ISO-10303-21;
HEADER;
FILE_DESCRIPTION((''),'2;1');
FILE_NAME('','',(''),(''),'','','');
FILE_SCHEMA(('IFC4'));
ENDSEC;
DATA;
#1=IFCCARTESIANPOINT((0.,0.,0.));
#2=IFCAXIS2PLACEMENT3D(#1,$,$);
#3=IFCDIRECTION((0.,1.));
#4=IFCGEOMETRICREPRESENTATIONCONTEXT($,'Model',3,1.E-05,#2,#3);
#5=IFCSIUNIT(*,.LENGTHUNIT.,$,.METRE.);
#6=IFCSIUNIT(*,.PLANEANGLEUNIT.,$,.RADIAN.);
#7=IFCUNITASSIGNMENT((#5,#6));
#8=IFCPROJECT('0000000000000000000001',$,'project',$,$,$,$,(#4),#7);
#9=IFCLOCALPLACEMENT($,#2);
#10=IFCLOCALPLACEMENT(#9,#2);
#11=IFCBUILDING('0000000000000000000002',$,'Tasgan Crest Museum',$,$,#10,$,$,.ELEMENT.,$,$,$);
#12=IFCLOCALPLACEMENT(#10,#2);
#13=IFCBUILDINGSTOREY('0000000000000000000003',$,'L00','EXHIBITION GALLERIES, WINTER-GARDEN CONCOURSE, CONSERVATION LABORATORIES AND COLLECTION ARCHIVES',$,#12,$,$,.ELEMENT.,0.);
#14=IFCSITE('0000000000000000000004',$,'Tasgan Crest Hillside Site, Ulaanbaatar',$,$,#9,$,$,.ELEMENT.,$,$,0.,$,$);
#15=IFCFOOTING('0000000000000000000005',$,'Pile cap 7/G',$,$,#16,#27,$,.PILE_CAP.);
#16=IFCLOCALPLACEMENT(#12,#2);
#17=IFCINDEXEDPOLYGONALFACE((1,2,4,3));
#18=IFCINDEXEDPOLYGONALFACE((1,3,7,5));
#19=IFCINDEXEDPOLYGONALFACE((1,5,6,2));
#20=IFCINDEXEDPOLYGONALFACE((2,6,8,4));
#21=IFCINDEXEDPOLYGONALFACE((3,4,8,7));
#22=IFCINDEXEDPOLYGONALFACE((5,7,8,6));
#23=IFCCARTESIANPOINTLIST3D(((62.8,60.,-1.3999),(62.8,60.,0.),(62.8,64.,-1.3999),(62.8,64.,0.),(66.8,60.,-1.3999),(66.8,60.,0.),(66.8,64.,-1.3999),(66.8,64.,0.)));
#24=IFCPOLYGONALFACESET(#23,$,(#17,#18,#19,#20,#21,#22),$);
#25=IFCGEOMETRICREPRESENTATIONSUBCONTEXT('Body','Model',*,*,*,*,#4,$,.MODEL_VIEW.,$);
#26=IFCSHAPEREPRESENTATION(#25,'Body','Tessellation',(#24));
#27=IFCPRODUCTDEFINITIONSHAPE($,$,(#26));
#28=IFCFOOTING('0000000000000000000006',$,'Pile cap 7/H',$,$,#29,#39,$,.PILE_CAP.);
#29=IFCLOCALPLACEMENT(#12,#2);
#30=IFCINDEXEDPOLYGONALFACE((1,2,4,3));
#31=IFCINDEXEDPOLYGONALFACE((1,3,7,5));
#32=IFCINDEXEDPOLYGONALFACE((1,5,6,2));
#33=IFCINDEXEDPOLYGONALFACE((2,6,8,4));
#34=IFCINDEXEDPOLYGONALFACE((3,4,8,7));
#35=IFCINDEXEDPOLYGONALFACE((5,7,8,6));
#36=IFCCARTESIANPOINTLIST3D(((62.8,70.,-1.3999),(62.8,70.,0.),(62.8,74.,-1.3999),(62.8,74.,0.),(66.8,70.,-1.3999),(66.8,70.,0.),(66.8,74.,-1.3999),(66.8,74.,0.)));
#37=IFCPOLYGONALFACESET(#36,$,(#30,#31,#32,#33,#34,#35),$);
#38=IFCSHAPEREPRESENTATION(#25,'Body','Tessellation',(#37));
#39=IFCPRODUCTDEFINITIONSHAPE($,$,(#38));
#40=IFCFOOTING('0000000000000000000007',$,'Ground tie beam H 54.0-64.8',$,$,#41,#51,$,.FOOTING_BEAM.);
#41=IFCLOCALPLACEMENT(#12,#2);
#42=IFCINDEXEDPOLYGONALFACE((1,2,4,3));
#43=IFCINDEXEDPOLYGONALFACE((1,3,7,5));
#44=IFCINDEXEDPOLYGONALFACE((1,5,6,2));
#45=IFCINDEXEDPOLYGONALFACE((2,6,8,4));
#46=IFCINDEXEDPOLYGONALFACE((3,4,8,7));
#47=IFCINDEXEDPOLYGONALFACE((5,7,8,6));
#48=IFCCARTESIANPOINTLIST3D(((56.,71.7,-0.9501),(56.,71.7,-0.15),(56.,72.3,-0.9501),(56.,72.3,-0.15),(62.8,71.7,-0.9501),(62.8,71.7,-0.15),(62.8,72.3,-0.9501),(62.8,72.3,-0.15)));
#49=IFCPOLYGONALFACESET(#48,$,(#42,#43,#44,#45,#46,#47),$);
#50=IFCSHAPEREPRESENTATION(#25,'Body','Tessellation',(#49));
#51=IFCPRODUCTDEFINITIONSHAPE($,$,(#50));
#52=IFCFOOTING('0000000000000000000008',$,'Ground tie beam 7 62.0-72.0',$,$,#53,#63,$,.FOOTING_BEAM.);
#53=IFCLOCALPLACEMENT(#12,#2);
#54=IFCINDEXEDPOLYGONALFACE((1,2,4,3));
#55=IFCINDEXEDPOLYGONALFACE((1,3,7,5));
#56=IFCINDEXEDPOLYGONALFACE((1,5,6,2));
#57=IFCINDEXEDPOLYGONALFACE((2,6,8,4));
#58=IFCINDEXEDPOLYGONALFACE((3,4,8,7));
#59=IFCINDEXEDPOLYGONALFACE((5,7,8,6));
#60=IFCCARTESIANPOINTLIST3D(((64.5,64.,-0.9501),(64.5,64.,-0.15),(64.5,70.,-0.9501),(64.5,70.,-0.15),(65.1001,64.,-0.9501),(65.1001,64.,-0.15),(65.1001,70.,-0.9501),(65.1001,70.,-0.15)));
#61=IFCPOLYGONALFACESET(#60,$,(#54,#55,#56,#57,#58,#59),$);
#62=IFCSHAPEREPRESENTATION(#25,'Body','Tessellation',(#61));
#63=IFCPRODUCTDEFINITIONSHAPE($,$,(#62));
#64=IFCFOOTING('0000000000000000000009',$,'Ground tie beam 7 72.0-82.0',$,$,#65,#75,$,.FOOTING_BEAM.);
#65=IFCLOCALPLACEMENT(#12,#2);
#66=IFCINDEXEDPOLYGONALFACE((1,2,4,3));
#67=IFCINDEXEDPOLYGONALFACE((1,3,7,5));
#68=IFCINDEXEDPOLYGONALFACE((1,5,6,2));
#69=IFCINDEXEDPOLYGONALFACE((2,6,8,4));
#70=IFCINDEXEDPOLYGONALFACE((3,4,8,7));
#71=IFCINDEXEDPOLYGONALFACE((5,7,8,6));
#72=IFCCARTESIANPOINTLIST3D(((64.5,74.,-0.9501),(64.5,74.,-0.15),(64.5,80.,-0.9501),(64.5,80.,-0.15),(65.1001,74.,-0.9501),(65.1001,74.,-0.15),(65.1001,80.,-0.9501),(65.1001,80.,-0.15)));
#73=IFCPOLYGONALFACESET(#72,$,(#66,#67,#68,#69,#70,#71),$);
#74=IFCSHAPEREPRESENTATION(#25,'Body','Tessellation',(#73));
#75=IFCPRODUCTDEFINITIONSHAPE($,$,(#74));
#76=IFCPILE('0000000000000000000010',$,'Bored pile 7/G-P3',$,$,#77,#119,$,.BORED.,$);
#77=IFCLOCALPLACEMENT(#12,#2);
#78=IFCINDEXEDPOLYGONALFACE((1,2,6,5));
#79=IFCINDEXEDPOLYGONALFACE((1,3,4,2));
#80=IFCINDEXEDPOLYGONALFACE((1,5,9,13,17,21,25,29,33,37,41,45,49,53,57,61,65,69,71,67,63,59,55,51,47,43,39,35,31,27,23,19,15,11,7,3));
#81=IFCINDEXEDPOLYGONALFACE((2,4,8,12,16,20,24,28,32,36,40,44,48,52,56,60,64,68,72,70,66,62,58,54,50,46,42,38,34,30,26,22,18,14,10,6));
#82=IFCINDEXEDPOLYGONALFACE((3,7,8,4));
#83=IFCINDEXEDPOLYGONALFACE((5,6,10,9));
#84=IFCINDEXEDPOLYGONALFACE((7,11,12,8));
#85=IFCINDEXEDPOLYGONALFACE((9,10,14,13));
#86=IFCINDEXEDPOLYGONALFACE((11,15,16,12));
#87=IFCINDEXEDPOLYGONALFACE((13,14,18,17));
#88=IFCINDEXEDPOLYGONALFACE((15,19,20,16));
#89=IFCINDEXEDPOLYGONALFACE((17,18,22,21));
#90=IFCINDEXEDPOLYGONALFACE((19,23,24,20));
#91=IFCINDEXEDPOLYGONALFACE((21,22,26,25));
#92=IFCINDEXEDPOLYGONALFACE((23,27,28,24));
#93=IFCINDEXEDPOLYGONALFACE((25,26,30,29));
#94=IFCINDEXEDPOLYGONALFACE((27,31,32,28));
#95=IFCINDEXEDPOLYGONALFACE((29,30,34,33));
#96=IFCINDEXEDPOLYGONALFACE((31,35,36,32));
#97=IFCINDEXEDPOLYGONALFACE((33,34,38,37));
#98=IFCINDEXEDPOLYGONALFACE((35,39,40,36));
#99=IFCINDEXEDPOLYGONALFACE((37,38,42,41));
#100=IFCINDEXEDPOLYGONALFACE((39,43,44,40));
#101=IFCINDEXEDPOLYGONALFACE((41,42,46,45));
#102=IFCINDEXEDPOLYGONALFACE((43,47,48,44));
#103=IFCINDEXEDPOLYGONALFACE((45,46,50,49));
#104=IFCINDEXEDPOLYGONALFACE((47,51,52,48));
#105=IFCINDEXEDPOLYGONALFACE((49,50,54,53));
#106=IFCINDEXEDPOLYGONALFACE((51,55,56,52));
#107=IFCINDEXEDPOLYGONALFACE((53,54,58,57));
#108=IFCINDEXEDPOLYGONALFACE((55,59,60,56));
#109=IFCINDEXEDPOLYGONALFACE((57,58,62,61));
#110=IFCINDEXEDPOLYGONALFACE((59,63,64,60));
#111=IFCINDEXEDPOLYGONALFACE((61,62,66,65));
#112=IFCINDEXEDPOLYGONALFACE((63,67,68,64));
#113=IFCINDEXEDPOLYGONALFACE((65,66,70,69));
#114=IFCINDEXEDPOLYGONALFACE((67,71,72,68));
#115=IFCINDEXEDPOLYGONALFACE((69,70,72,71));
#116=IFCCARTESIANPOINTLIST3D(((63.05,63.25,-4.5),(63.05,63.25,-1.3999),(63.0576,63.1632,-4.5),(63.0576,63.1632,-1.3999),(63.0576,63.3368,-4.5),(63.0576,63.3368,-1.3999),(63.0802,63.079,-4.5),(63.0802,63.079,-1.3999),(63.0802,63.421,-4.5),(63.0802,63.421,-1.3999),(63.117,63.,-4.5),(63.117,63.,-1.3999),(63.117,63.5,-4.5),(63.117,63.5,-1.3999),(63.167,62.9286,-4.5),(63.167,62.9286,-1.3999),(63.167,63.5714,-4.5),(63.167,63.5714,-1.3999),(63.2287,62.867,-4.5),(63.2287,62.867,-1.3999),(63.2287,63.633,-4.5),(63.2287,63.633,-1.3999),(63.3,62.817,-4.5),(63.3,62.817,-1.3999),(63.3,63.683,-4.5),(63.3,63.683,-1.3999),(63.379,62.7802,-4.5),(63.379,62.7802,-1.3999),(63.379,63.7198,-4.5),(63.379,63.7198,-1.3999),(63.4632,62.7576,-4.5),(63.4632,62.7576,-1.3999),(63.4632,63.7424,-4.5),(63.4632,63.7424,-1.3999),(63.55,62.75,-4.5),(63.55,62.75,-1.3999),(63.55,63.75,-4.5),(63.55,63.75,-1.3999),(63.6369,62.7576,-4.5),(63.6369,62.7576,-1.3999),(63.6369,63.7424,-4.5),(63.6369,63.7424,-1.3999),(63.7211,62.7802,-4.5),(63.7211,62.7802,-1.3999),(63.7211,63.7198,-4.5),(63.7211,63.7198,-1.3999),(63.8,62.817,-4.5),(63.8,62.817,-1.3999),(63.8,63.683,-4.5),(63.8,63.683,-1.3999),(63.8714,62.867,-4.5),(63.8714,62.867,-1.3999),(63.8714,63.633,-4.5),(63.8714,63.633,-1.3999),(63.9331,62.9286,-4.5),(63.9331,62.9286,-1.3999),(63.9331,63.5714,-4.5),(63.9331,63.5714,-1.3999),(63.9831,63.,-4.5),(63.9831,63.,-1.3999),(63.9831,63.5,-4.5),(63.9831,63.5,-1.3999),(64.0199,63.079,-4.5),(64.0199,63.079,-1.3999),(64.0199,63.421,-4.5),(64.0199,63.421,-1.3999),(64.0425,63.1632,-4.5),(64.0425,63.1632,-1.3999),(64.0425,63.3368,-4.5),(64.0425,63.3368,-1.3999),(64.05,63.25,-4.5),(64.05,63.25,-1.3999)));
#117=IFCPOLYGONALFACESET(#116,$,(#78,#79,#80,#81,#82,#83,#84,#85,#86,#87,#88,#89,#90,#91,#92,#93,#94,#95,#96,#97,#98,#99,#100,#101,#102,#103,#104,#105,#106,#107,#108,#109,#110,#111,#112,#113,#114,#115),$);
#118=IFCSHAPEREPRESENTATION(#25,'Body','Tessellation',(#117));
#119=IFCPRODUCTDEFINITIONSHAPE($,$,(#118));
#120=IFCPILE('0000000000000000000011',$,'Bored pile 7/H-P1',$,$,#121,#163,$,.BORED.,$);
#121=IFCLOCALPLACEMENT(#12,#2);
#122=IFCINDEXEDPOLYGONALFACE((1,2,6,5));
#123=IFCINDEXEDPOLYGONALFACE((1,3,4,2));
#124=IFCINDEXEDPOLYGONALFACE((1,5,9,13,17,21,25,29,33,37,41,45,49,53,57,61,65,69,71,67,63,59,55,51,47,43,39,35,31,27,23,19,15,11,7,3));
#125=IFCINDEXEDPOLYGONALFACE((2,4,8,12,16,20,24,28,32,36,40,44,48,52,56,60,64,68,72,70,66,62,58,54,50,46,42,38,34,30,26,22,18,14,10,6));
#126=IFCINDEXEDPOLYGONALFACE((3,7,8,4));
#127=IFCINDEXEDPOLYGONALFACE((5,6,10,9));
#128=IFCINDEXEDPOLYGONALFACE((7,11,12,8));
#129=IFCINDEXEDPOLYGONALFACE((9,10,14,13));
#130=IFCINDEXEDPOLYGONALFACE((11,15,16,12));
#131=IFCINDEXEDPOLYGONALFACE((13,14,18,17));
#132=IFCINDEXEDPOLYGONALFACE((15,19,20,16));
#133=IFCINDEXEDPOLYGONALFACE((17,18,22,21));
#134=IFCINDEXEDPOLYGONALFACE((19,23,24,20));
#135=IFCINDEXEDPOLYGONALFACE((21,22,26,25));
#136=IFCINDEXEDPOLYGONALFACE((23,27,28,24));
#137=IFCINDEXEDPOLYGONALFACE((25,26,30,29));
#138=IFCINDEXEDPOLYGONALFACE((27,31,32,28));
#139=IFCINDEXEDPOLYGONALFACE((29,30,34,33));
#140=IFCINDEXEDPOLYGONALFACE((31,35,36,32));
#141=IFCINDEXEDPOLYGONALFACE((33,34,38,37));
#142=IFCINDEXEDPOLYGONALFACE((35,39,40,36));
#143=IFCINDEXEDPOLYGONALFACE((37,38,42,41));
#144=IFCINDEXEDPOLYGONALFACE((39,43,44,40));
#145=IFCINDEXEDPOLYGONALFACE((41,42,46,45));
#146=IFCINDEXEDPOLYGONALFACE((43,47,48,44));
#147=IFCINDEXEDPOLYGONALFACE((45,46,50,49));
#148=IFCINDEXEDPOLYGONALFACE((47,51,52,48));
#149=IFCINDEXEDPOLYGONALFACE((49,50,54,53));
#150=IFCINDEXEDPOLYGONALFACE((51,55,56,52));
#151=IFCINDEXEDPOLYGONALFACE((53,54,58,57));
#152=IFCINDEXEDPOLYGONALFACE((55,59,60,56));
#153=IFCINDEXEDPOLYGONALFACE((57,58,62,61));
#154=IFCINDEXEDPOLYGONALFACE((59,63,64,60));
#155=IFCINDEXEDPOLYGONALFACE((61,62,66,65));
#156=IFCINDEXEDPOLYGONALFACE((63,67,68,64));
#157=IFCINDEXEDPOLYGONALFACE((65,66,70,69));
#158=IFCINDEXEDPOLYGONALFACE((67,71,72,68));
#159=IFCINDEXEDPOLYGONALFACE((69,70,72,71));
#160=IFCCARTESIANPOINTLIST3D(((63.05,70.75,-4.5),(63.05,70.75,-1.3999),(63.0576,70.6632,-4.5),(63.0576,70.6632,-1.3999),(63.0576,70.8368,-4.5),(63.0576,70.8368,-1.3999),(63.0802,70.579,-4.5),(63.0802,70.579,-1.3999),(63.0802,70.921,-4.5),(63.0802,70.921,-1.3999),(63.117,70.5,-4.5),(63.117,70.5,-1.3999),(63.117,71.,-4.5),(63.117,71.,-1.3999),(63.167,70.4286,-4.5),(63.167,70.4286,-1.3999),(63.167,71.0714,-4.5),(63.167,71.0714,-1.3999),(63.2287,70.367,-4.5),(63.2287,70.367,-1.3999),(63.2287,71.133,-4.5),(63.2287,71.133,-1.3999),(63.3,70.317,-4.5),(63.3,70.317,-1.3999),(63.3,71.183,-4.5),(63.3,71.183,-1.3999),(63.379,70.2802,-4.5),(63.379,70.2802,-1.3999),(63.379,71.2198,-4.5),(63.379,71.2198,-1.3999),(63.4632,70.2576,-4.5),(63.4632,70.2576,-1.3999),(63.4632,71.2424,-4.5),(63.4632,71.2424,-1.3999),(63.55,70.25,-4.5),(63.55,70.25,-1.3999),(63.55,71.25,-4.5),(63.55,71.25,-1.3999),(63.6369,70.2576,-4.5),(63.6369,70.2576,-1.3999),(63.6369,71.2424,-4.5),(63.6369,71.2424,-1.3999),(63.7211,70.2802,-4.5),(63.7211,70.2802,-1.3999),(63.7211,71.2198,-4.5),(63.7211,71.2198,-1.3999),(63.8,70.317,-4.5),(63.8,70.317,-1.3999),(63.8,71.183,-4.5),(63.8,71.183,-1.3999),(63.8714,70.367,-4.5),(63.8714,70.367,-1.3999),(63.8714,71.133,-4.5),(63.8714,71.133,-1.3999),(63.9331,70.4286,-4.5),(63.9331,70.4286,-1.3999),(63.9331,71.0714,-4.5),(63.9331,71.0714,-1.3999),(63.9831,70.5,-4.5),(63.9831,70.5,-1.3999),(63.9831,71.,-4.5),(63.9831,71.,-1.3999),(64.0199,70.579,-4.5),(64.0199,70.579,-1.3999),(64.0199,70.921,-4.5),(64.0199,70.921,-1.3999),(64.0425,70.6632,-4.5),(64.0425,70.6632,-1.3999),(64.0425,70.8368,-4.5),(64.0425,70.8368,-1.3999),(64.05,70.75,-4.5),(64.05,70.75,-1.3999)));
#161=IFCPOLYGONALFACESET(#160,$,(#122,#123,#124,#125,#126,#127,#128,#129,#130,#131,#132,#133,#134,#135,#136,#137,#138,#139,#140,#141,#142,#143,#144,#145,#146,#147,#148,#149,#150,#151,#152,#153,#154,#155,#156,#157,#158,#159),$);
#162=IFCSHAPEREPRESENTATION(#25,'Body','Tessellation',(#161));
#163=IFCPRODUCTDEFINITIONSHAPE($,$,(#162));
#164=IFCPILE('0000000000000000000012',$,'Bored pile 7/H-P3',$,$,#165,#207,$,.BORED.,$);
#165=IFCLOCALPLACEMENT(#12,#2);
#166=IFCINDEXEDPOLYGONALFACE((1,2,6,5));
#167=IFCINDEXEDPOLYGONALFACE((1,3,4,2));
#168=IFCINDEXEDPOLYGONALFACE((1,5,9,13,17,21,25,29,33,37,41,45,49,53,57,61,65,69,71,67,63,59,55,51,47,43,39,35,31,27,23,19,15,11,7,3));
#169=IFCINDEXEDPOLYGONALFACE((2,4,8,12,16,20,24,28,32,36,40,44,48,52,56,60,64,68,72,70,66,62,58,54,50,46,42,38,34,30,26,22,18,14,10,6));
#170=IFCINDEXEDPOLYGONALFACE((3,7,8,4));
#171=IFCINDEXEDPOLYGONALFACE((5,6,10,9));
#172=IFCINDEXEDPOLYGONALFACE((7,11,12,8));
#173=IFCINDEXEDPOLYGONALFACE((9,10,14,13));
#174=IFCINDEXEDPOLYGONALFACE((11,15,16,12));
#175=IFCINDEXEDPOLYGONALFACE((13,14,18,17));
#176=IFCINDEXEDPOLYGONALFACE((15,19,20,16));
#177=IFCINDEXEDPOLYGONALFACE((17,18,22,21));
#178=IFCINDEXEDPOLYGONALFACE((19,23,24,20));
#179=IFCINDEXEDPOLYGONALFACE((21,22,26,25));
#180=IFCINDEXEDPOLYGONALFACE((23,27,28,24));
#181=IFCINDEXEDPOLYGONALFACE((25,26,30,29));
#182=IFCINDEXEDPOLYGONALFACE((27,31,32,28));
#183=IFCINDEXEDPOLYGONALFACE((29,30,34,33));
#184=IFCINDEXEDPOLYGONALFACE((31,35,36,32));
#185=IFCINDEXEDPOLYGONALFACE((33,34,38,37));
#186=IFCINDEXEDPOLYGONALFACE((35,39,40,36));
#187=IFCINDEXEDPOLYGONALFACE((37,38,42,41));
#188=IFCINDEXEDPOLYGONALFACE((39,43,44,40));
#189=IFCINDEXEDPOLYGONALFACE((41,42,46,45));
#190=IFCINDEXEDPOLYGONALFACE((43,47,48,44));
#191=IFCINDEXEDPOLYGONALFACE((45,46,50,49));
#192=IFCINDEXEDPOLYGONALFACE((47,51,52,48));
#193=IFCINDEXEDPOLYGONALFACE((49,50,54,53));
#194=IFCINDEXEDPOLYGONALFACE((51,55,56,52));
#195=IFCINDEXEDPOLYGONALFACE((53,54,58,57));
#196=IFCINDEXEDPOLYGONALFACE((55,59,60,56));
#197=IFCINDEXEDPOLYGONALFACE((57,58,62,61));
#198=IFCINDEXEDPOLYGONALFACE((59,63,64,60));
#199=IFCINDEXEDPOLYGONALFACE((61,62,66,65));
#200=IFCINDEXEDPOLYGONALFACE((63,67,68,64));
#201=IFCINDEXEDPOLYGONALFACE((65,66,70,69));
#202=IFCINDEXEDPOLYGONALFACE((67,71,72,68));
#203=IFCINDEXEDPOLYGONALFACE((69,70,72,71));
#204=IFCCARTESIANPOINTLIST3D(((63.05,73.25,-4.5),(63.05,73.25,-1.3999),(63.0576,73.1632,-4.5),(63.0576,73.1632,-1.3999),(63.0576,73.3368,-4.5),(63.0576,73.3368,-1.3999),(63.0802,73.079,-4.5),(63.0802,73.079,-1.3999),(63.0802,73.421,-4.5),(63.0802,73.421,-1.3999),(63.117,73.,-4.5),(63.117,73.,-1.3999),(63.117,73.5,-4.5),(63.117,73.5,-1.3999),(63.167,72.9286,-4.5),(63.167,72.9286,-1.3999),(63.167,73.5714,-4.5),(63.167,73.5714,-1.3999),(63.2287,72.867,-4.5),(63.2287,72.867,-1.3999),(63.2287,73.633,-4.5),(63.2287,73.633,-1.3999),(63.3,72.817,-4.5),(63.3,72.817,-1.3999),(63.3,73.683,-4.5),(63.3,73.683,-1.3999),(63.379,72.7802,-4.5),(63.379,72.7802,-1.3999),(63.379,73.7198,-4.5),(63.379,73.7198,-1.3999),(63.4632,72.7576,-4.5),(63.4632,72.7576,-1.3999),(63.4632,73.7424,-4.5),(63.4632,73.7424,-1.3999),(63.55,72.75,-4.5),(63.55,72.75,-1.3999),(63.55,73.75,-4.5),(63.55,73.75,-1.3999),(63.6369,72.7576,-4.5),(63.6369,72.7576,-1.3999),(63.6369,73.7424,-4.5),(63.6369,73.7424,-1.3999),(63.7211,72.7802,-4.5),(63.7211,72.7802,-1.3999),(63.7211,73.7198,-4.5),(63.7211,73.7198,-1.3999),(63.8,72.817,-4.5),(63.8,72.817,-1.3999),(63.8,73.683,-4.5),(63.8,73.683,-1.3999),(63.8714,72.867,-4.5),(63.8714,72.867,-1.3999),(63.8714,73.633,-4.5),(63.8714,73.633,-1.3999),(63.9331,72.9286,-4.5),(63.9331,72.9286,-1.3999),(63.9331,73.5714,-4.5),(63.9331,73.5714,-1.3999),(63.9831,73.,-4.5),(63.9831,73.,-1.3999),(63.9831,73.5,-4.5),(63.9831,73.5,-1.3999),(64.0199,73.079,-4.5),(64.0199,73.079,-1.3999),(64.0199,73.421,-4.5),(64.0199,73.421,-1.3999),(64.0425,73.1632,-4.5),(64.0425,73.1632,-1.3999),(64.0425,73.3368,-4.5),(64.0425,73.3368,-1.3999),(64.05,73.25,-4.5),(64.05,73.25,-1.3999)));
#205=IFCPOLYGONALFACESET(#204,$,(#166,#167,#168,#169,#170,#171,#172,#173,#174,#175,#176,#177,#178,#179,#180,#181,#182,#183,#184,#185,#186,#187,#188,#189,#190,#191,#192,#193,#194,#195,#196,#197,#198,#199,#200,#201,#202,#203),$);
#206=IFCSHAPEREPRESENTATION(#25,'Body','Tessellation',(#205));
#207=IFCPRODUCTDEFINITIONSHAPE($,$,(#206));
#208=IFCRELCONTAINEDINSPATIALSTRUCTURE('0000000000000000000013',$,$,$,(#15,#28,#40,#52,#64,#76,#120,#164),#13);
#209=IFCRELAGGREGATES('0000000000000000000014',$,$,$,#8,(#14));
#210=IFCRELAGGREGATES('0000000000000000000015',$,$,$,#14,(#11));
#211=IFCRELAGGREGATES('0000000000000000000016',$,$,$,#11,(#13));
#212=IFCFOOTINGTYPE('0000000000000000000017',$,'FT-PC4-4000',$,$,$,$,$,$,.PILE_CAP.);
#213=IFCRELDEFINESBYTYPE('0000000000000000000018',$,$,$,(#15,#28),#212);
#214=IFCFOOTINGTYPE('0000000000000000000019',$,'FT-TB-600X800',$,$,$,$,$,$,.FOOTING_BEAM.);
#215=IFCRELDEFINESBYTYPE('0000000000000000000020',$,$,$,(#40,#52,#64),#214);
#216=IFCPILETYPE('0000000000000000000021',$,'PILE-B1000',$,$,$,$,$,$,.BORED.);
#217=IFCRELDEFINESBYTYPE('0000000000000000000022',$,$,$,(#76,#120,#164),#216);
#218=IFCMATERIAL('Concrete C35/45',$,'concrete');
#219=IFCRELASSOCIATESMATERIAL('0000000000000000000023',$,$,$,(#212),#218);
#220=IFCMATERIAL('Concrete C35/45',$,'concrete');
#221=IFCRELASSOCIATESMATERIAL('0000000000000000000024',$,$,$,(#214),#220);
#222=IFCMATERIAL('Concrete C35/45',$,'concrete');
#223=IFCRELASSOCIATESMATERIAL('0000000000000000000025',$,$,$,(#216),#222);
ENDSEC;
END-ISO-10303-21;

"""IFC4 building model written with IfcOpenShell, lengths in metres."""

from ifc_helpers import new_model, si_unit, direction, frame, origin, origin_2d, place, context, subcontext, project, spatial, rectangle, circle, extrude, material, material_profile, profile_set, type_object, element, save


model = new_model("IFC4")

# Units and contexts
model_context = context("Model", 3, precision=1e-05, world=origin(), true_north=direction((0.0, 1.0)))
body_context = subcontext(model_context, "Body", "Model", "MODEL_VIEW")
ifc_project = project(units=[si_unit("LENGTHUNIT", "METRE"), si_unit("PLANEANGLEUNIT", "RADIAN")], contexts=[model_context])

# Site, building, storey
site_placement = place(None, origin())
site = spatial("IfcSite", under=ifc_project, at=site_placement, Name="Tasgan Crest Hillside Site, Ulaanbaatar", CompositionType="ELEMENT", RefElevation=0.0)
building_placement = place(site_placement, origin())
building = spatial("IfcBuilding", under=site, at=building_placement, Name="Tasgan Crest Museum", CompositionType="ELEMENT")
storey_placement = place(building_placement, origin())
storey = spatial("IfcBuildingStorey", under=building, at=storey_placement, Name="L00", Description="EXHIBITION GALLERIES, WINTER-GARDEN CONCOURSE, CONSERVATION LABORATORIES AND COLLECTION ARCHIVES", CompositionType="ELEMENT", Elevation=0.0)

# Footings
ifc_material_1 = material(Name="Concrete C35/45", Category="concrete")
footing_type_1 = type_object("IfcFootingType", Name="FT-PC4-4000", PredefinedType="PILE_CAP", material=ifc_material_1)
for number, where, z_axis, x_axis, name in (
    (1, (64.8, 62.0, -1.3999), (0.0, 0.0, 1.0), (1.0, 0.0, 0.0), "Pile cap 7/G"),
    (2, (64.8, 72.0, -1.3999), (0.0, 0.0, 1.0), (1.0, 0.0, 0.0), "Pile cap 7/H"),
):
    element("IfcFooting", number, at=place(storey_placement, frame(where, z_axis=z_axis, x_axis=x_axis)), inside=storey, type_object=footing_type_1, Name=name, PredefinedType="PILE_CAP", context=body_context, shape_type="SweptSolid", body=[
        extrude(rectangle(XDim=4.0, YDim=4.0, at=origin_2d()), origin(), (0.0, 0.0, 1.0), 1.3999),
    ])
ifc_material_2 = material(Name="Concrete C35/45", Category="concrete")
ifc_material_profile_1 = material_profile(ifc_material_2, rectangle(XDim=0.6001, YDim=0.8, at=origin_2d()), Name="TB 600x800")
ifc_profile_set_1 = profile_set([ifc_material_profile_1], Name="Concrete C35/45")
footing_type_2 = type_object("IfcFootingType", Name="FT-TB-600X800", PredefinedType="FOOTING_BEAM", material=ifc_profile_set_1)
footing_placement = place(storey_placement, frame((56.0, 72.0, -0.55), z_axis=(1.0, 0.0, 0.0), x_axis=(0.0, 1.0, 0.0)))
element("IfcFooting", 3, at=footing_placement, inside=storey, type_object=footing_type_2, Name="Ground tie beam H 54.0-64.8", PredefinedType="FOOTING_BEAM", context=body_context, shape_type="SweptSolid", body=[
    extrude(rectangle(XDim=0.6001, YDim=0.8, at=origin_2d()), origin(), (0.0, 0.0, 1.0), 6.8),
])
for number, where, z_axis, x_axis, name in (
    (4, (64.8, 64.0, -0.55), (0.0, 1.0, 0.0), (-1.0, 0.0, 0.0), "Ground tie beam 7 62.0-72.0"),
    (5, (64.8, 74.0, -0.55), (0.0, 1.0, 0.0), (-1.0, 0.0, 0.0), "Ground tie beam 7 72.0-82.0"),
):
    element("IfcFooting", number, at=place(storey_placement, frame(where, z_axis=z_axis, x_axis=x_axis)), inside=storey, type_object=footing_type_2, Name=name, PredefinedType="FOOTING_BEAM", context=body_context, shape_type="SweptSolid", body=[
        extrude(rectangle(XDim=0.6001, YDim=0.8, at=origin_2d()), origin(), (0.0, 0.0, 1.0), 6.0),
    ])

# Piles
ifc_material_3 = material(Name="Concrete C35/45", Category="concrete")
ifc_material_profile_2 = material_profile(ifc_material_3, circle(Radius=0.5, at=origin_2d()), Name="PILE D1000")
ifc_profile_set_2 = profile_set([ifc_material_profile_2], Name="Concrete C35/45")
pile_type = type_object("IfcPileType", Name="PILE-B1000", PredefinedType="BORED", material=ifc_profile_set_2)
for number, where, z_axis, x_axis, name in (
    (6, (63.55, 63.25, -1.3999), (0.0, 0.0, -1.0), (1.0, 0.0, 0.0), "Bored pile 7/G-P3"),
    (7, (63.55, 70.75, -1.3999), (0.0, 0.0, -1.0), (1.0, 0.0, 0.0), "Bored pile 7/H-P1"),
    (8, (63.55, 73.25, -1.3999), (0.0, 0.0, -1.0), (1.0, 0.0, 0.0), "Bored pile 7/H-P3"),
):
    element("IfcPile", number, at=place(storey_placement, frame(where, z_axis=z_axis, x_axis=x_axis)), inside=storey, type_object=pile_type, Name=name, PredefinedType="BORED", context=body_context, shape_type="SweptSolid", body=[
        extrude(circle(Radius=0.5, at=origin_2d()), origin(), (0.0, 0.0, 1.0), 3.1001),
    ])

save(model, "model.ifc")
